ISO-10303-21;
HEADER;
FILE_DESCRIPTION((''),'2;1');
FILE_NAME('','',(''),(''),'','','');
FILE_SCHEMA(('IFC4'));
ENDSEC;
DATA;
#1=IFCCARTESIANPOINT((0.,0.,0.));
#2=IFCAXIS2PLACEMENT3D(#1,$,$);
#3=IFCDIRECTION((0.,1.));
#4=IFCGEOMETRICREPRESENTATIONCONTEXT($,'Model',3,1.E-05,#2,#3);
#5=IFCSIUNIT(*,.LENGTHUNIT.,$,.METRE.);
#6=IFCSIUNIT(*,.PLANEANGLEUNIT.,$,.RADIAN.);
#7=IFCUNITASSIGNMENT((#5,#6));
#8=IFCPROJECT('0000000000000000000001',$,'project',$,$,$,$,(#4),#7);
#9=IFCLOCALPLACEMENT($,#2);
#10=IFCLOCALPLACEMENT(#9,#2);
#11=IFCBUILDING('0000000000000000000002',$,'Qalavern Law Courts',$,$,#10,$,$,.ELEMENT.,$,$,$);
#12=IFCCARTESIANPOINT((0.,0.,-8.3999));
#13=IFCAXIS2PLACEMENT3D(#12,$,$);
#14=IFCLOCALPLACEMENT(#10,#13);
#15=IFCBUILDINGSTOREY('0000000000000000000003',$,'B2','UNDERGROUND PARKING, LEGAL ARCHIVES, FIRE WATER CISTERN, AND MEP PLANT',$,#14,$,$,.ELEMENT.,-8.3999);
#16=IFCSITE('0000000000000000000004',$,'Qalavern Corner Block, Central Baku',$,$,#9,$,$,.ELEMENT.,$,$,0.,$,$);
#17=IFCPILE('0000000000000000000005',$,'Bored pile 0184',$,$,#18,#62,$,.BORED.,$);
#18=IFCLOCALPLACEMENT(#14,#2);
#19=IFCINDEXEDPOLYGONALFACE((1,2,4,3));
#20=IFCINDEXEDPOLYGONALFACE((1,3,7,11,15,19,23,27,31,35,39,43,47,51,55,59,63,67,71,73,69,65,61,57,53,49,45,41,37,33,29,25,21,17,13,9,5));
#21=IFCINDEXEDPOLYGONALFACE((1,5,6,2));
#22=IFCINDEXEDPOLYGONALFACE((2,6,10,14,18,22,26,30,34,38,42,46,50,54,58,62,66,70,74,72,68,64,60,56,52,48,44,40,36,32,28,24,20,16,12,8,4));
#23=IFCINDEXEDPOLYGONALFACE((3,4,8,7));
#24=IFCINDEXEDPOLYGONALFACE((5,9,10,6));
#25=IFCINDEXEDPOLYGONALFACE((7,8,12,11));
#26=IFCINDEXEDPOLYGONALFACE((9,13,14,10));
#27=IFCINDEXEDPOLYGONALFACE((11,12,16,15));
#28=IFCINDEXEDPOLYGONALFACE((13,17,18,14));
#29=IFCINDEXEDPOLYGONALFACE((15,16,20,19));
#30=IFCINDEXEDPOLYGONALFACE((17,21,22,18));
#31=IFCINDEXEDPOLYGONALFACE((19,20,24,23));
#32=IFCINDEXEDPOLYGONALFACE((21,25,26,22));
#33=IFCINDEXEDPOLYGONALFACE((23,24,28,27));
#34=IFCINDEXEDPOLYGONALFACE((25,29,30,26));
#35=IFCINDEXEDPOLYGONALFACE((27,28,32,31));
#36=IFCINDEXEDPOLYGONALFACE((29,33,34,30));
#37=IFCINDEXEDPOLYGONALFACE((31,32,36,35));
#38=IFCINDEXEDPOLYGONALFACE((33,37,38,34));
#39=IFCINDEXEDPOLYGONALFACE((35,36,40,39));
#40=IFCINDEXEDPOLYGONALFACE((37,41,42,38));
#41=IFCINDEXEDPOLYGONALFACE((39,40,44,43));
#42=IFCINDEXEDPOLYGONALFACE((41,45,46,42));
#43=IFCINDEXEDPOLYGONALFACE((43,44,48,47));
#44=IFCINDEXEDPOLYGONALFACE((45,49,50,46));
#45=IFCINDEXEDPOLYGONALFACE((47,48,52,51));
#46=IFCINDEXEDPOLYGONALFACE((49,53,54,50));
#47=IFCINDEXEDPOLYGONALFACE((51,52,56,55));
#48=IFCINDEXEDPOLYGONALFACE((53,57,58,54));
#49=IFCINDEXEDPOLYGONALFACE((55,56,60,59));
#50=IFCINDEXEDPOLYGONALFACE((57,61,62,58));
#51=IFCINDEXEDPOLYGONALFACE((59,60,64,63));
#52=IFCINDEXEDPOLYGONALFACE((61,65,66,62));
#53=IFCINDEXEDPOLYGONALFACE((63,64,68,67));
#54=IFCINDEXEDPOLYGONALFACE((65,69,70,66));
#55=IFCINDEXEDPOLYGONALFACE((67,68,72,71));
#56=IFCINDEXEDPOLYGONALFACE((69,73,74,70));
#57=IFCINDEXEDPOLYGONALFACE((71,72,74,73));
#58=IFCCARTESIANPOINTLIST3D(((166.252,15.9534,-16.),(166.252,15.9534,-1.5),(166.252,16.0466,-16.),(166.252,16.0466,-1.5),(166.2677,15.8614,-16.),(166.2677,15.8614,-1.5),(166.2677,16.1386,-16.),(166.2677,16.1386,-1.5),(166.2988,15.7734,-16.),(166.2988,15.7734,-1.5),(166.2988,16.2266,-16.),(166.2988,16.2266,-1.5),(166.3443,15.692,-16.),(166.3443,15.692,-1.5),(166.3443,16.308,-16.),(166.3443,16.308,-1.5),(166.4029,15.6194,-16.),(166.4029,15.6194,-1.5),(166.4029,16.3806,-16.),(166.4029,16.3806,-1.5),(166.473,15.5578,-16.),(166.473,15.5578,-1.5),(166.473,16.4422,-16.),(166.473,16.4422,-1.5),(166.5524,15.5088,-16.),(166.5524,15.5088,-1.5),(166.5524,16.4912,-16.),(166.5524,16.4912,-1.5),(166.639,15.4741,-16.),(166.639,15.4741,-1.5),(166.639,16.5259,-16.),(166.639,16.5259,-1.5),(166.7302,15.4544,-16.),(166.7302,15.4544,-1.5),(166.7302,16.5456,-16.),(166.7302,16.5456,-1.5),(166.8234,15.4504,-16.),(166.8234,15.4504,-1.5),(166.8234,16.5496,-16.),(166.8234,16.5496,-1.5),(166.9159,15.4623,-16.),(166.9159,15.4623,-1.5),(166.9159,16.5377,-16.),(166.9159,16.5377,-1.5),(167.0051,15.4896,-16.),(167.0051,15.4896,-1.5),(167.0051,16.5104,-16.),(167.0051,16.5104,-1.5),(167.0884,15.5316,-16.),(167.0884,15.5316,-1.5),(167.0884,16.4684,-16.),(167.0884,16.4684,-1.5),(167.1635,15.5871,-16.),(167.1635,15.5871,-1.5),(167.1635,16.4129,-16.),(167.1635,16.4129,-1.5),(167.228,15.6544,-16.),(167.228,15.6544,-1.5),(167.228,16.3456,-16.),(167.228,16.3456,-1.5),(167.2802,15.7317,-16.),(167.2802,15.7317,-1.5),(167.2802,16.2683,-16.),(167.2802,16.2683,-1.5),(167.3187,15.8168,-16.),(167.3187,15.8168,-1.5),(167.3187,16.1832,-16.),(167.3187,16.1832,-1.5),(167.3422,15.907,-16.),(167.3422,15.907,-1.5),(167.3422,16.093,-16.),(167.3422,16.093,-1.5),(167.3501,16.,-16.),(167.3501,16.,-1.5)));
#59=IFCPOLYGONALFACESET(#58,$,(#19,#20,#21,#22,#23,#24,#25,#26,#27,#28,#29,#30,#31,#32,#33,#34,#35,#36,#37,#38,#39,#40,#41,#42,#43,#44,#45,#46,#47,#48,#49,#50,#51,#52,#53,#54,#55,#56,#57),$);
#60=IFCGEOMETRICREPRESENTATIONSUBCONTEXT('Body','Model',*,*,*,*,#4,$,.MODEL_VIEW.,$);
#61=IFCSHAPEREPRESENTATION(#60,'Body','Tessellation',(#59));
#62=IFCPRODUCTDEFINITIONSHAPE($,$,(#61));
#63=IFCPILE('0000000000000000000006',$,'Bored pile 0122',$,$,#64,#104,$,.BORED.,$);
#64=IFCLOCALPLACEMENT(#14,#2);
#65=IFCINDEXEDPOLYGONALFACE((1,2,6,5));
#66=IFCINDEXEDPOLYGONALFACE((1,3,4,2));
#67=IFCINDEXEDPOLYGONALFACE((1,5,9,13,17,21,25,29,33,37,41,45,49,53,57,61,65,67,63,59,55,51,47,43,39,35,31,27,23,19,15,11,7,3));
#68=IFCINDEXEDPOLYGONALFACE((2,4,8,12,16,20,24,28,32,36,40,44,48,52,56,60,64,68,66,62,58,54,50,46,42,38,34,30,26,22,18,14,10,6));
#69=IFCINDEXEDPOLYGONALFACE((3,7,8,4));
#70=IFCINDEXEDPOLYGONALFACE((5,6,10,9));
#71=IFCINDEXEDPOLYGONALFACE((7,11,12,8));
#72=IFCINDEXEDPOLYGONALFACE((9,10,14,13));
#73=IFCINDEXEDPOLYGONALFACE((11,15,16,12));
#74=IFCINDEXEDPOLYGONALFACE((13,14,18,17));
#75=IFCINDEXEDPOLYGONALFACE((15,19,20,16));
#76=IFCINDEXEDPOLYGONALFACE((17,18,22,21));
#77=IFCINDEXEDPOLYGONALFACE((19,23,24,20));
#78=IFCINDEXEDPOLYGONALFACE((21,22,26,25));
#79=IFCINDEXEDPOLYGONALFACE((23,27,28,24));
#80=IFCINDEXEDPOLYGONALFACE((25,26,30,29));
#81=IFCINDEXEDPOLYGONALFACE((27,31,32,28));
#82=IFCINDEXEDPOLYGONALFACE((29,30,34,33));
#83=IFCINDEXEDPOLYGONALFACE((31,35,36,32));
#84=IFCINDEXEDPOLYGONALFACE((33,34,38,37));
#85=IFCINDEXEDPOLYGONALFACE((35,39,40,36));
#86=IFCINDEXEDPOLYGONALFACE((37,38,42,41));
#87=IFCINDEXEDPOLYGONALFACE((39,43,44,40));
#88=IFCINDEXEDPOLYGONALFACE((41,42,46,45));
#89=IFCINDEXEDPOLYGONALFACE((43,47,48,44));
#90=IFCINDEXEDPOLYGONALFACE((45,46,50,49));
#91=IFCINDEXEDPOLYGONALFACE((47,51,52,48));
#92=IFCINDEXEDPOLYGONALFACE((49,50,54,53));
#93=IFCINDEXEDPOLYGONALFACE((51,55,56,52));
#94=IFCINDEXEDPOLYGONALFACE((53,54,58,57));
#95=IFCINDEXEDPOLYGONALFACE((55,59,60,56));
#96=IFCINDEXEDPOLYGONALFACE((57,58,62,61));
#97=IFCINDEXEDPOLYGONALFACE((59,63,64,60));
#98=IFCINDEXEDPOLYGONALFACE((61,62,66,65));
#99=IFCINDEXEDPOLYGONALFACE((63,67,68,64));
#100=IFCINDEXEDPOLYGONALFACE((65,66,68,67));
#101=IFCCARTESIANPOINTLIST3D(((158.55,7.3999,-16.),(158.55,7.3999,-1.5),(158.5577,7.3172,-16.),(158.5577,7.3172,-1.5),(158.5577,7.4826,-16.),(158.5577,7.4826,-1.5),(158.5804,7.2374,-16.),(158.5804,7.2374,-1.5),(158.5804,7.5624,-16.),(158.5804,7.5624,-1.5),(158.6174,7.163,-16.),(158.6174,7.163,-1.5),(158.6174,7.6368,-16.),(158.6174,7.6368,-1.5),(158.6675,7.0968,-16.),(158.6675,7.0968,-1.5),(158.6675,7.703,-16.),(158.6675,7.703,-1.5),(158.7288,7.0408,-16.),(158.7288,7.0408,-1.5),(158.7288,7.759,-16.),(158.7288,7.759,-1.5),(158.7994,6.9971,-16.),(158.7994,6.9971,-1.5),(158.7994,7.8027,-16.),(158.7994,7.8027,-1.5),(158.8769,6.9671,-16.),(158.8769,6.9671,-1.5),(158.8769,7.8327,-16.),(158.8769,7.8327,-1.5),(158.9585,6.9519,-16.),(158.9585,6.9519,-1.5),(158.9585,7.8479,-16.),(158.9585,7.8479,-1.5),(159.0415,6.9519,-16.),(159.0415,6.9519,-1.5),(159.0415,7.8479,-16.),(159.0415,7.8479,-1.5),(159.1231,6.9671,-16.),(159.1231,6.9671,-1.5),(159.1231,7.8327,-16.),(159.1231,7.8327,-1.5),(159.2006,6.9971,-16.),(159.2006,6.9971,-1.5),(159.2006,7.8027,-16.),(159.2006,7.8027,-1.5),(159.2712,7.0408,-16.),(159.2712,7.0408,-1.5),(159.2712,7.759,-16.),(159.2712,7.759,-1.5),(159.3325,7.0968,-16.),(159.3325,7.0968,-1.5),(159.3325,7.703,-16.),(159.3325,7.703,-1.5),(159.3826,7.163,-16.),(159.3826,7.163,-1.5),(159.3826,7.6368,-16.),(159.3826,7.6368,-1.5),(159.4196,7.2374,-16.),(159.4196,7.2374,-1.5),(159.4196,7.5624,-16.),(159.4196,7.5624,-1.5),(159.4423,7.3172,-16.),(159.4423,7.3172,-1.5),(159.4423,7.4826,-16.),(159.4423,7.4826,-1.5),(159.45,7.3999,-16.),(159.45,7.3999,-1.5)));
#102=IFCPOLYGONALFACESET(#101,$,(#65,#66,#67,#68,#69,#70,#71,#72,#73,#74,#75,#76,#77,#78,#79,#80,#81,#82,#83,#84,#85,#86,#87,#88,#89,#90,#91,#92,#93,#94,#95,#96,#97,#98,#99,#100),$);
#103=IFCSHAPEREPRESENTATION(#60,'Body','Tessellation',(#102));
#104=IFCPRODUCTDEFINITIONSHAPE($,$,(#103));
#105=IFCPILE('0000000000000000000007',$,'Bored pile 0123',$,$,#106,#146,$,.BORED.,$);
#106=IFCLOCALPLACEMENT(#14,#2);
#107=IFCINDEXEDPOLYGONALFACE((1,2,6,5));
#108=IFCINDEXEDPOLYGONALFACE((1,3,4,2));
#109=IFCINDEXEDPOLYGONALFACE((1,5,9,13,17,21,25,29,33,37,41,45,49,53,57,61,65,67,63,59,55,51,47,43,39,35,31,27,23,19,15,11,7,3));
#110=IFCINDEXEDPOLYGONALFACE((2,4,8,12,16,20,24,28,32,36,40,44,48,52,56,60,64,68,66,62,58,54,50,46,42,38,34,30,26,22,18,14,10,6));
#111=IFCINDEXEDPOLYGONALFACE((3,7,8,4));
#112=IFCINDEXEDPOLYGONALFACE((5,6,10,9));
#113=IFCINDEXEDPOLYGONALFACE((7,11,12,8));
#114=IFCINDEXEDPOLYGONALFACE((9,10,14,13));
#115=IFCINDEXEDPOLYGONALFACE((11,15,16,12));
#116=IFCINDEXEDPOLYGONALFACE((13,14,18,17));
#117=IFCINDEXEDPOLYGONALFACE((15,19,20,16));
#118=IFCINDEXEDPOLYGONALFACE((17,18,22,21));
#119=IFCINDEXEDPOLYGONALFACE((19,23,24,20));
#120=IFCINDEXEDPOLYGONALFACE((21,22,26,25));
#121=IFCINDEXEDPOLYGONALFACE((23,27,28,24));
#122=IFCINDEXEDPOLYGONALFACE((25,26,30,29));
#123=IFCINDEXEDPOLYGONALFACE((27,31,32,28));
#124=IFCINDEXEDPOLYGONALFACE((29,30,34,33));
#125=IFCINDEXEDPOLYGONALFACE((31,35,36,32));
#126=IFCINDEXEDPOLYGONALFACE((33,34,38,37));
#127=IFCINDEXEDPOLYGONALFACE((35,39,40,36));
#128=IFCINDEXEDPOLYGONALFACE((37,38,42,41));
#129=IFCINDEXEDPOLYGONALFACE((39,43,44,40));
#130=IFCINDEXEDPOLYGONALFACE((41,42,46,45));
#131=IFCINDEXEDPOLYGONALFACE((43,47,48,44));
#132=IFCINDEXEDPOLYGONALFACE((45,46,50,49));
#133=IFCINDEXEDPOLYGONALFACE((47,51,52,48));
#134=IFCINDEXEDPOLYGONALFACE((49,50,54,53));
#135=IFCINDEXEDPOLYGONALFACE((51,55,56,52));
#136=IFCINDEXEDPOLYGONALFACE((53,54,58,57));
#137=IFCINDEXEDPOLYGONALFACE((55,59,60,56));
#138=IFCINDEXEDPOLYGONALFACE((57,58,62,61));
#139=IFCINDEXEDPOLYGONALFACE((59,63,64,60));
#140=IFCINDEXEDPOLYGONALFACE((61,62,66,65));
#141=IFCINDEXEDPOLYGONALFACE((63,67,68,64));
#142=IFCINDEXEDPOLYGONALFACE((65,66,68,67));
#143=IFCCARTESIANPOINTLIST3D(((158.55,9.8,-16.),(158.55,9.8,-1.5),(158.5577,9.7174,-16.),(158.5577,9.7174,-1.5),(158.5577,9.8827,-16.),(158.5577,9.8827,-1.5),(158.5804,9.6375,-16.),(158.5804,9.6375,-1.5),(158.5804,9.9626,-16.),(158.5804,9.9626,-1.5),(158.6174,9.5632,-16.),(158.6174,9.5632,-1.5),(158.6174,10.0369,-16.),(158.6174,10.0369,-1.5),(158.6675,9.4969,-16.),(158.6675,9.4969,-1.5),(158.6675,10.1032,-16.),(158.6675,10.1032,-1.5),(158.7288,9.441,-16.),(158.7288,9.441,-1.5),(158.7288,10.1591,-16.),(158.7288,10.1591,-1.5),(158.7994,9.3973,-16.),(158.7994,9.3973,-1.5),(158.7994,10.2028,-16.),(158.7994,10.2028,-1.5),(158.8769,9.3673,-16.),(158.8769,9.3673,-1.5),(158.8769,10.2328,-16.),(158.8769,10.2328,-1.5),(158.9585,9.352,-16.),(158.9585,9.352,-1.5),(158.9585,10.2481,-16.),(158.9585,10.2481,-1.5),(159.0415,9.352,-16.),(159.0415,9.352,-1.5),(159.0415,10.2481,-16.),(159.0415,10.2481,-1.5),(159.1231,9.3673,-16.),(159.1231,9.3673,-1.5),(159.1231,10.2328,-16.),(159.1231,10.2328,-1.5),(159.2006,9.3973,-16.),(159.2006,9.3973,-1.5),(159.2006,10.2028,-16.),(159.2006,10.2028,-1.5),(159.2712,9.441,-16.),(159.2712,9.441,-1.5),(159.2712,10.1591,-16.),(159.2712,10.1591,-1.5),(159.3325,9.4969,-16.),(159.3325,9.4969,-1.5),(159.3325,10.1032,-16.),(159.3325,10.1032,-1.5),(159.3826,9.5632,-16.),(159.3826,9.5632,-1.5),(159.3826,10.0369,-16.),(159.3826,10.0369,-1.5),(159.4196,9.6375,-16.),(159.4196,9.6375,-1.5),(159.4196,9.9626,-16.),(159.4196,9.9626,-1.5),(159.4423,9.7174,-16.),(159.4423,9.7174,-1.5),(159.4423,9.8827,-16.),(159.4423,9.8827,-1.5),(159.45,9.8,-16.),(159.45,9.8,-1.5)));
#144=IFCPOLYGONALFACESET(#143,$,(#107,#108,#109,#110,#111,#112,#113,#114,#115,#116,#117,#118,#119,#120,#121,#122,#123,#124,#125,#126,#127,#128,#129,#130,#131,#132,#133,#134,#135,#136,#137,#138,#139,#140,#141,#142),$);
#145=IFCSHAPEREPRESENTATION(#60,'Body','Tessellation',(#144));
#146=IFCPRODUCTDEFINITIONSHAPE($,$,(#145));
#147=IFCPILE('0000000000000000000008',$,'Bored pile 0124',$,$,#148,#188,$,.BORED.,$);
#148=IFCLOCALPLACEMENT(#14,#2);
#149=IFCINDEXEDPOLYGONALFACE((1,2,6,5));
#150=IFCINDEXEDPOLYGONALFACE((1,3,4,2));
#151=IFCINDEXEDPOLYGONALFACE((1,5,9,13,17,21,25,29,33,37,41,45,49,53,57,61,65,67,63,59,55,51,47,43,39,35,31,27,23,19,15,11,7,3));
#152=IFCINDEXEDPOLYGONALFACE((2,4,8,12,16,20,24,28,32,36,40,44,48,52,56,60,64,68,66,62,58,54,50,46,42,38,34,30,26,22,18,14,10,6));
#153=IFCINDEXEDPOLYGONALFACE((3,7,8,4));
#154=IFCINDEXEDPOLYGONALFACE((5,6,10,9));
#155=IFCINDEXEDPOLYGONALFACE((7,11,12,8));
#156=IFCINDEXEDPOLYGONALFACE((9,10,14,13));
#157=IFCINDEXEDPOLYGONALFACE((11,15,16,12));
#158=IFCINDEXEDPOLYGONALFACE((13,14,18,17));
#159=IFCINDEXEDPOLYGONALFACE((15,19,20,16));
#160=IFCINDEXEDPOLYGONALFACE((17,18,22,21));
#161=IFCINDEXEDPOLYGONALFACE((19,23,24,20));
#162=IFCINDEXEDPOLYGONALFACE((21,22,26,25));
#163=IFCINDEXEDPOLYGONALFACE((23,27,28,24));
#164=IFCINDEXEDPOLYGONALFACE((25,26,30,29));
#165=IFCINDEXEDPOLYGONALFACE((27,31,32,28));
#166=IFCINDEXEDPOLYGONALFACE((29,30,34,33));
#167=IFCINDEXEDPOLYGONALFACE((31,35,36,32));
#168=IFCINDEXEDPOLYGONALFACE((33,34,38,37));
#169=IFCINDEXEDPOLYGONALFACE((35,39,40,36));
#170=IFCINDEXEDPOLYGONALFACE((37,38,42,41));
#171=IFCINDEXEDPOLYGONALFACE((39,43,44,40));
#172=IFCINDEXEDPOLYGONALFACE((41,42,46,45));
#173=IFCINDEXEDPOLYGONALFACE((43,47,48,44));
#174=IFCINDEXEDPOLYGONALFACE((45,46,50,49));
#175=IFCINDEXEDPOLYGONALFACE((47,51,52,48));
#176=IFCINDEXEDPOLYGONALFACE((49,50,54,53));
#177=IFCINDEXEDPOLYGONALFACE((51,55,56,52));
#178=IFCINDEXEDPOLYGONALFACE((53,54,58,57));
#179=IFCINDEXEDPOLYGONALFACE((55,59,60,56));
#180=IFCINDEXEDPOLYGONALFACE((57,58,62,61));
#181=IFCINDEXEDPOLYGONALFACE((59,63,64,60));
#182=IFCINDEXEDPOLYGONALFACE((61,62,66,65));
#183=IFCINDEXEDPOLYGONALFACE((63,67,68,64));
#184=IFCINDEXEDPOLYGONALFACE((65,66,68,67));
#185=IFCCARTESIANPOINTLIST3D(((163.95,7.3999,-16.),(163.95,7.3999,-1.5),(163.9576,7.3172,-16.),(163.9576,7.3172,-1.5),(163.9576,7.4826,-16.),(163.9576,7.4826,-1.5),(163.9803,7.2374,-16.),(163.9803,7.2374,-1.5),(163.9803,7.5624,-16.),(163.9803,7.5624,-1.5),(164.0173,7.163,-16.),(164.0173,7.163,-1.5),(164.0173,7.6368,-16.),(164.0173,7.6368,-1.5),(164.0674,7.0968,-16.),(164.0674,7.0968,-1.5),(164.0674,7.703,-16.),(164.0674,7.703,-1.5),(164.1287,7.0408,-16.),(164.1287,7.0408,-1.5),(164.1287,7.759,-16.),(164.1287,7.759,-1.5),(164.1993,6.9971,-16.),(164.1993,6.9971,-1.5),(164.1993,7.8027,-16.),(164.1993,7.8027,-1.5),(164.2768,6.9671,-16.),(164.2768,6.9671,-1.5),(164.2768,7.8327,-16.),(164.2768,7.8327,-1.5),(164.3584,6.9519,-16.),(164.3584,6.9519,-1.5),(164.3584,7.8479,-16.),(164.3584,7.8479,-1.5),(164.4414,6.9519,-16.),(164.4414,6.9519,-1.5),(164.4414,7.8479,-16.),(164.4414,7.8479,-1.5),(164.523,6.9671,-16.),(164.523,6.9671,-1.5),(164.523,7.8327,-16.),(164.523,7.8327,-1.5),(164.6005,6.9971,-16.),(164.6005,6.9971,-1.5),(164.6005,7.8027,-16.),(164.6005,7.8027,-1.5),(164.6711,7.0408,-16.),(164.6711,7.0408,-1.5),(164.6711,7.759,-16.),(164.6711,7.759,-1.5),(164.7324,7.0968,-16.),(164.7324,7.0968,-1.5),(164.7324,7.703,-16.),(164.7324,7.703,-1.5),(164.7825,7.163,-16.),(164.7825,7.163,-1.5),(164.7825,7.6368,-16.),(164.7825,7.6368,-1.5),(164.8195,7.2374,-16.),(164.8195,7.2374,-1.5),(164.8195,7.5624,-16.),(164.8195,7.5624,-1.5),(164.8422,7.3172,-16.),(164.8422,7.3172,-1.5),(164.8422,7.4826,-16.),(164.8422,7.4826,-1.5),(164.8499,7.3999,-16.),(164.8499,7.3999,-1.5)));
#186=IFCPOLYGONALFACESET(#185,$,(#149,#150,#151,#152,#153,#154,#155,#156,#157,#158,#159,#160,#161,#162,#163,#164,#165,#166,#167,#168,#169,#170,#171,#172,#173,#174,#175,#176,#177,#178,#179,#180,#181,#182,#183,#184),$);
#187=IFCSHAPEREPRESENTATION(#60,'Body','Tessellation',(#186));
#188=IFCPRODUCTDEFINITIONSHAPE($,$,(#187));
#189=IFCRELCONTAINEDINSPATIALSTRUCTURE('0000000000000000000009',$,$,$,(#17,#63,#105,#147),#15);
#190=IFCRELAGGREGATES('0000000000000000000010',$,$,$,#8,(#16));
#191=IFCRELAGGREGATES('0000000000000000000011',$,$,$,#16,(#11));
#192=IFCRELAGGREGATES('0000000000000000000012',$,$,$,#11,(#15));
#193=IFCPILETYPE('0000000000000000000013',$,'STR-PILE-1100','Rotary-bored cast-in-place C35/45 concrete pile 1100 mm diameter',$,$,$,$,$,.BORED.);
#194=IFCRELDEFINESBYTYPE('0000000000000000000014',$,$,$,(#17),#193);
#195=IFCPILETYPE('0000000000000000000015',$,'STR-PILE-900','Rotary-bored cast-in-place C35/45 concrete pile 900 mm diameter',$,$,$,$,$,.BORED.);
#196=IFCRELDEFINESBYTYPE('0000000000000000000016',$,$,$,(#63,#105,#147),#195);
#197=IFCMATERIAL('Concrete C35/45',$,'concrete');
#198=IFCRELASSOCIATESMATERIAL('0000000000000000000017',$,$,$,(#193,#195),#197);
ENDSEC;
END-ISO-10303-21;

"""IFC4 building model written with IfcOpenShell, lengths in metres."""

from ifc_helpers import new_model, si_unit, direction, frame, origin, origin_2d, place, context, subcontext, project, spatial, circle, extrude, material, material_profile, profile_set, type_object, element, save


model = new_model("IFC4")

# Units and contexts
model_context = context("Model", 3, precision=1e-05, world=origin(), true_north=direction((0.0, 1.0)))
body_context = subcontext(model_context, "Body", "Model", "MODEL_VIEW")
ifc_project = project(units=[si_unit("LENGTHUNIT", "METRE"), si_unit("PLANEANGLEUNIT", "RADIAN")], contexts=[model_context])

# Site, building, storey
site_placement = place(None, origin())
site = spatial("IfcSite", under=ifc_project, at=site_placement, Name="Qalavern Corner Block, Central Baku", CompositionType="ELEMENT", RefElevation=0.0)
building_placement = place(site_placement, origin())
building = spatial("IfcBuilding", under=site, at=building_placement, Name="Qalavern Law Courts", CompositionType="ELEMENT")
storey_placement = place(building_placement, frame((0.0, 0.0, -8.3999)))
storey = spatial("IfcBuildingStorey", under=building, at=storey_placement, Name="B2", Description="UNDERGROUND PARKING, LEGAL ARCHIVES, FIRE WATER CISTERN, AND MEP PLANT", CompositionType="ELEMENT", Elevation=-8.3999)

# Shared definitions
ifc_material_1 = material(Name="Concrete C35/45", Category="concrete")

# Piles
ifc_material_profile_1 = material_profile(ifc_material_1, circle(Radius=0.55, at=origin_2d()), Name="BORED PILE 1100")
ifc_profile_set_1 = profile_set([ifc_material_profile_1], Name="Concrete C35/45")
pile_type_1 = type_object("IfcPileType", Name="STR-PILE-1100", Description="Rotary-bored cast-in-place C35/45 concrete pile 1100 mm diameter", PredefinedType="BORED", material=ifc_profile_set_1)
for number, where, z_axis, x_axis, name in (
    (1, (166.8, 16.0, -1.5), (0.0, 0.0, -1.0), (1.0, 0.0, 0.0), "Bored pile 0184"),
):
    element("IfcPile", number, at=place(storey_placement, frame(where, z_axis=z_axis, x_axis=x_axis)), inside=storey, type_object=pile_type_1, Name=name, PredefinedType="BORED", context=body_context, shape_type="SweptSolid", body=[
        extrude(circle(Radius=0.55, at=origin_2d()), origin(), (0.0, 0.0, 1.0), 14.5),
    ])
ifc_material_profile_2 = material_profile(ifc_material_1, circle(Radius=0.45, at=origin_2d()), Name="BORED PILE 900")
ifc_profile_set_2 = profile_set([ifc_material_profile_2], Name="Concrete C35/45")
pile_type_2 = type_object("IfcPileType", Name="STR-PILE-900", Description="Rotary-bored cast-in-place C35/45 concrete pile 900 mm diameter", PredefinedType="BORED", material=ifc_profile_set_2)
for number, where, z_axis, x_axis, name in (
    (2, (159.0, 7.3999, -1.5), (0.0, 0.0, -1.0), (1.0, 0.0, 0.0), "Bored pile 0122"),
    (3, (159.0, 9.8, -1.5), (0.0, 0.0, -1.0), (1.0, 0.0, 0.0), "Bored pile 0123"),
    (4, (164.3999, 7.3999, -1.5), (0.0, 0.0, -1.0), (1.0, 0.0, 0.0), "Bored pile 0124"),
):
    element("IfcPile", number, at=place(storey_placement, frame(where, z_axis=z_axis, x_axis=x_axis)), inside=storey, type_object=pile_type_2, Name=name, PredefinedType="BORED", context=body_context, shape_type="SweptSolid", body=[
        extrude(circle(Radius=0.45, at=origin_2d()), origin(), (0.0, 0.0, 1.0), 14.5),
    ])

save(model, "model.ifc")
